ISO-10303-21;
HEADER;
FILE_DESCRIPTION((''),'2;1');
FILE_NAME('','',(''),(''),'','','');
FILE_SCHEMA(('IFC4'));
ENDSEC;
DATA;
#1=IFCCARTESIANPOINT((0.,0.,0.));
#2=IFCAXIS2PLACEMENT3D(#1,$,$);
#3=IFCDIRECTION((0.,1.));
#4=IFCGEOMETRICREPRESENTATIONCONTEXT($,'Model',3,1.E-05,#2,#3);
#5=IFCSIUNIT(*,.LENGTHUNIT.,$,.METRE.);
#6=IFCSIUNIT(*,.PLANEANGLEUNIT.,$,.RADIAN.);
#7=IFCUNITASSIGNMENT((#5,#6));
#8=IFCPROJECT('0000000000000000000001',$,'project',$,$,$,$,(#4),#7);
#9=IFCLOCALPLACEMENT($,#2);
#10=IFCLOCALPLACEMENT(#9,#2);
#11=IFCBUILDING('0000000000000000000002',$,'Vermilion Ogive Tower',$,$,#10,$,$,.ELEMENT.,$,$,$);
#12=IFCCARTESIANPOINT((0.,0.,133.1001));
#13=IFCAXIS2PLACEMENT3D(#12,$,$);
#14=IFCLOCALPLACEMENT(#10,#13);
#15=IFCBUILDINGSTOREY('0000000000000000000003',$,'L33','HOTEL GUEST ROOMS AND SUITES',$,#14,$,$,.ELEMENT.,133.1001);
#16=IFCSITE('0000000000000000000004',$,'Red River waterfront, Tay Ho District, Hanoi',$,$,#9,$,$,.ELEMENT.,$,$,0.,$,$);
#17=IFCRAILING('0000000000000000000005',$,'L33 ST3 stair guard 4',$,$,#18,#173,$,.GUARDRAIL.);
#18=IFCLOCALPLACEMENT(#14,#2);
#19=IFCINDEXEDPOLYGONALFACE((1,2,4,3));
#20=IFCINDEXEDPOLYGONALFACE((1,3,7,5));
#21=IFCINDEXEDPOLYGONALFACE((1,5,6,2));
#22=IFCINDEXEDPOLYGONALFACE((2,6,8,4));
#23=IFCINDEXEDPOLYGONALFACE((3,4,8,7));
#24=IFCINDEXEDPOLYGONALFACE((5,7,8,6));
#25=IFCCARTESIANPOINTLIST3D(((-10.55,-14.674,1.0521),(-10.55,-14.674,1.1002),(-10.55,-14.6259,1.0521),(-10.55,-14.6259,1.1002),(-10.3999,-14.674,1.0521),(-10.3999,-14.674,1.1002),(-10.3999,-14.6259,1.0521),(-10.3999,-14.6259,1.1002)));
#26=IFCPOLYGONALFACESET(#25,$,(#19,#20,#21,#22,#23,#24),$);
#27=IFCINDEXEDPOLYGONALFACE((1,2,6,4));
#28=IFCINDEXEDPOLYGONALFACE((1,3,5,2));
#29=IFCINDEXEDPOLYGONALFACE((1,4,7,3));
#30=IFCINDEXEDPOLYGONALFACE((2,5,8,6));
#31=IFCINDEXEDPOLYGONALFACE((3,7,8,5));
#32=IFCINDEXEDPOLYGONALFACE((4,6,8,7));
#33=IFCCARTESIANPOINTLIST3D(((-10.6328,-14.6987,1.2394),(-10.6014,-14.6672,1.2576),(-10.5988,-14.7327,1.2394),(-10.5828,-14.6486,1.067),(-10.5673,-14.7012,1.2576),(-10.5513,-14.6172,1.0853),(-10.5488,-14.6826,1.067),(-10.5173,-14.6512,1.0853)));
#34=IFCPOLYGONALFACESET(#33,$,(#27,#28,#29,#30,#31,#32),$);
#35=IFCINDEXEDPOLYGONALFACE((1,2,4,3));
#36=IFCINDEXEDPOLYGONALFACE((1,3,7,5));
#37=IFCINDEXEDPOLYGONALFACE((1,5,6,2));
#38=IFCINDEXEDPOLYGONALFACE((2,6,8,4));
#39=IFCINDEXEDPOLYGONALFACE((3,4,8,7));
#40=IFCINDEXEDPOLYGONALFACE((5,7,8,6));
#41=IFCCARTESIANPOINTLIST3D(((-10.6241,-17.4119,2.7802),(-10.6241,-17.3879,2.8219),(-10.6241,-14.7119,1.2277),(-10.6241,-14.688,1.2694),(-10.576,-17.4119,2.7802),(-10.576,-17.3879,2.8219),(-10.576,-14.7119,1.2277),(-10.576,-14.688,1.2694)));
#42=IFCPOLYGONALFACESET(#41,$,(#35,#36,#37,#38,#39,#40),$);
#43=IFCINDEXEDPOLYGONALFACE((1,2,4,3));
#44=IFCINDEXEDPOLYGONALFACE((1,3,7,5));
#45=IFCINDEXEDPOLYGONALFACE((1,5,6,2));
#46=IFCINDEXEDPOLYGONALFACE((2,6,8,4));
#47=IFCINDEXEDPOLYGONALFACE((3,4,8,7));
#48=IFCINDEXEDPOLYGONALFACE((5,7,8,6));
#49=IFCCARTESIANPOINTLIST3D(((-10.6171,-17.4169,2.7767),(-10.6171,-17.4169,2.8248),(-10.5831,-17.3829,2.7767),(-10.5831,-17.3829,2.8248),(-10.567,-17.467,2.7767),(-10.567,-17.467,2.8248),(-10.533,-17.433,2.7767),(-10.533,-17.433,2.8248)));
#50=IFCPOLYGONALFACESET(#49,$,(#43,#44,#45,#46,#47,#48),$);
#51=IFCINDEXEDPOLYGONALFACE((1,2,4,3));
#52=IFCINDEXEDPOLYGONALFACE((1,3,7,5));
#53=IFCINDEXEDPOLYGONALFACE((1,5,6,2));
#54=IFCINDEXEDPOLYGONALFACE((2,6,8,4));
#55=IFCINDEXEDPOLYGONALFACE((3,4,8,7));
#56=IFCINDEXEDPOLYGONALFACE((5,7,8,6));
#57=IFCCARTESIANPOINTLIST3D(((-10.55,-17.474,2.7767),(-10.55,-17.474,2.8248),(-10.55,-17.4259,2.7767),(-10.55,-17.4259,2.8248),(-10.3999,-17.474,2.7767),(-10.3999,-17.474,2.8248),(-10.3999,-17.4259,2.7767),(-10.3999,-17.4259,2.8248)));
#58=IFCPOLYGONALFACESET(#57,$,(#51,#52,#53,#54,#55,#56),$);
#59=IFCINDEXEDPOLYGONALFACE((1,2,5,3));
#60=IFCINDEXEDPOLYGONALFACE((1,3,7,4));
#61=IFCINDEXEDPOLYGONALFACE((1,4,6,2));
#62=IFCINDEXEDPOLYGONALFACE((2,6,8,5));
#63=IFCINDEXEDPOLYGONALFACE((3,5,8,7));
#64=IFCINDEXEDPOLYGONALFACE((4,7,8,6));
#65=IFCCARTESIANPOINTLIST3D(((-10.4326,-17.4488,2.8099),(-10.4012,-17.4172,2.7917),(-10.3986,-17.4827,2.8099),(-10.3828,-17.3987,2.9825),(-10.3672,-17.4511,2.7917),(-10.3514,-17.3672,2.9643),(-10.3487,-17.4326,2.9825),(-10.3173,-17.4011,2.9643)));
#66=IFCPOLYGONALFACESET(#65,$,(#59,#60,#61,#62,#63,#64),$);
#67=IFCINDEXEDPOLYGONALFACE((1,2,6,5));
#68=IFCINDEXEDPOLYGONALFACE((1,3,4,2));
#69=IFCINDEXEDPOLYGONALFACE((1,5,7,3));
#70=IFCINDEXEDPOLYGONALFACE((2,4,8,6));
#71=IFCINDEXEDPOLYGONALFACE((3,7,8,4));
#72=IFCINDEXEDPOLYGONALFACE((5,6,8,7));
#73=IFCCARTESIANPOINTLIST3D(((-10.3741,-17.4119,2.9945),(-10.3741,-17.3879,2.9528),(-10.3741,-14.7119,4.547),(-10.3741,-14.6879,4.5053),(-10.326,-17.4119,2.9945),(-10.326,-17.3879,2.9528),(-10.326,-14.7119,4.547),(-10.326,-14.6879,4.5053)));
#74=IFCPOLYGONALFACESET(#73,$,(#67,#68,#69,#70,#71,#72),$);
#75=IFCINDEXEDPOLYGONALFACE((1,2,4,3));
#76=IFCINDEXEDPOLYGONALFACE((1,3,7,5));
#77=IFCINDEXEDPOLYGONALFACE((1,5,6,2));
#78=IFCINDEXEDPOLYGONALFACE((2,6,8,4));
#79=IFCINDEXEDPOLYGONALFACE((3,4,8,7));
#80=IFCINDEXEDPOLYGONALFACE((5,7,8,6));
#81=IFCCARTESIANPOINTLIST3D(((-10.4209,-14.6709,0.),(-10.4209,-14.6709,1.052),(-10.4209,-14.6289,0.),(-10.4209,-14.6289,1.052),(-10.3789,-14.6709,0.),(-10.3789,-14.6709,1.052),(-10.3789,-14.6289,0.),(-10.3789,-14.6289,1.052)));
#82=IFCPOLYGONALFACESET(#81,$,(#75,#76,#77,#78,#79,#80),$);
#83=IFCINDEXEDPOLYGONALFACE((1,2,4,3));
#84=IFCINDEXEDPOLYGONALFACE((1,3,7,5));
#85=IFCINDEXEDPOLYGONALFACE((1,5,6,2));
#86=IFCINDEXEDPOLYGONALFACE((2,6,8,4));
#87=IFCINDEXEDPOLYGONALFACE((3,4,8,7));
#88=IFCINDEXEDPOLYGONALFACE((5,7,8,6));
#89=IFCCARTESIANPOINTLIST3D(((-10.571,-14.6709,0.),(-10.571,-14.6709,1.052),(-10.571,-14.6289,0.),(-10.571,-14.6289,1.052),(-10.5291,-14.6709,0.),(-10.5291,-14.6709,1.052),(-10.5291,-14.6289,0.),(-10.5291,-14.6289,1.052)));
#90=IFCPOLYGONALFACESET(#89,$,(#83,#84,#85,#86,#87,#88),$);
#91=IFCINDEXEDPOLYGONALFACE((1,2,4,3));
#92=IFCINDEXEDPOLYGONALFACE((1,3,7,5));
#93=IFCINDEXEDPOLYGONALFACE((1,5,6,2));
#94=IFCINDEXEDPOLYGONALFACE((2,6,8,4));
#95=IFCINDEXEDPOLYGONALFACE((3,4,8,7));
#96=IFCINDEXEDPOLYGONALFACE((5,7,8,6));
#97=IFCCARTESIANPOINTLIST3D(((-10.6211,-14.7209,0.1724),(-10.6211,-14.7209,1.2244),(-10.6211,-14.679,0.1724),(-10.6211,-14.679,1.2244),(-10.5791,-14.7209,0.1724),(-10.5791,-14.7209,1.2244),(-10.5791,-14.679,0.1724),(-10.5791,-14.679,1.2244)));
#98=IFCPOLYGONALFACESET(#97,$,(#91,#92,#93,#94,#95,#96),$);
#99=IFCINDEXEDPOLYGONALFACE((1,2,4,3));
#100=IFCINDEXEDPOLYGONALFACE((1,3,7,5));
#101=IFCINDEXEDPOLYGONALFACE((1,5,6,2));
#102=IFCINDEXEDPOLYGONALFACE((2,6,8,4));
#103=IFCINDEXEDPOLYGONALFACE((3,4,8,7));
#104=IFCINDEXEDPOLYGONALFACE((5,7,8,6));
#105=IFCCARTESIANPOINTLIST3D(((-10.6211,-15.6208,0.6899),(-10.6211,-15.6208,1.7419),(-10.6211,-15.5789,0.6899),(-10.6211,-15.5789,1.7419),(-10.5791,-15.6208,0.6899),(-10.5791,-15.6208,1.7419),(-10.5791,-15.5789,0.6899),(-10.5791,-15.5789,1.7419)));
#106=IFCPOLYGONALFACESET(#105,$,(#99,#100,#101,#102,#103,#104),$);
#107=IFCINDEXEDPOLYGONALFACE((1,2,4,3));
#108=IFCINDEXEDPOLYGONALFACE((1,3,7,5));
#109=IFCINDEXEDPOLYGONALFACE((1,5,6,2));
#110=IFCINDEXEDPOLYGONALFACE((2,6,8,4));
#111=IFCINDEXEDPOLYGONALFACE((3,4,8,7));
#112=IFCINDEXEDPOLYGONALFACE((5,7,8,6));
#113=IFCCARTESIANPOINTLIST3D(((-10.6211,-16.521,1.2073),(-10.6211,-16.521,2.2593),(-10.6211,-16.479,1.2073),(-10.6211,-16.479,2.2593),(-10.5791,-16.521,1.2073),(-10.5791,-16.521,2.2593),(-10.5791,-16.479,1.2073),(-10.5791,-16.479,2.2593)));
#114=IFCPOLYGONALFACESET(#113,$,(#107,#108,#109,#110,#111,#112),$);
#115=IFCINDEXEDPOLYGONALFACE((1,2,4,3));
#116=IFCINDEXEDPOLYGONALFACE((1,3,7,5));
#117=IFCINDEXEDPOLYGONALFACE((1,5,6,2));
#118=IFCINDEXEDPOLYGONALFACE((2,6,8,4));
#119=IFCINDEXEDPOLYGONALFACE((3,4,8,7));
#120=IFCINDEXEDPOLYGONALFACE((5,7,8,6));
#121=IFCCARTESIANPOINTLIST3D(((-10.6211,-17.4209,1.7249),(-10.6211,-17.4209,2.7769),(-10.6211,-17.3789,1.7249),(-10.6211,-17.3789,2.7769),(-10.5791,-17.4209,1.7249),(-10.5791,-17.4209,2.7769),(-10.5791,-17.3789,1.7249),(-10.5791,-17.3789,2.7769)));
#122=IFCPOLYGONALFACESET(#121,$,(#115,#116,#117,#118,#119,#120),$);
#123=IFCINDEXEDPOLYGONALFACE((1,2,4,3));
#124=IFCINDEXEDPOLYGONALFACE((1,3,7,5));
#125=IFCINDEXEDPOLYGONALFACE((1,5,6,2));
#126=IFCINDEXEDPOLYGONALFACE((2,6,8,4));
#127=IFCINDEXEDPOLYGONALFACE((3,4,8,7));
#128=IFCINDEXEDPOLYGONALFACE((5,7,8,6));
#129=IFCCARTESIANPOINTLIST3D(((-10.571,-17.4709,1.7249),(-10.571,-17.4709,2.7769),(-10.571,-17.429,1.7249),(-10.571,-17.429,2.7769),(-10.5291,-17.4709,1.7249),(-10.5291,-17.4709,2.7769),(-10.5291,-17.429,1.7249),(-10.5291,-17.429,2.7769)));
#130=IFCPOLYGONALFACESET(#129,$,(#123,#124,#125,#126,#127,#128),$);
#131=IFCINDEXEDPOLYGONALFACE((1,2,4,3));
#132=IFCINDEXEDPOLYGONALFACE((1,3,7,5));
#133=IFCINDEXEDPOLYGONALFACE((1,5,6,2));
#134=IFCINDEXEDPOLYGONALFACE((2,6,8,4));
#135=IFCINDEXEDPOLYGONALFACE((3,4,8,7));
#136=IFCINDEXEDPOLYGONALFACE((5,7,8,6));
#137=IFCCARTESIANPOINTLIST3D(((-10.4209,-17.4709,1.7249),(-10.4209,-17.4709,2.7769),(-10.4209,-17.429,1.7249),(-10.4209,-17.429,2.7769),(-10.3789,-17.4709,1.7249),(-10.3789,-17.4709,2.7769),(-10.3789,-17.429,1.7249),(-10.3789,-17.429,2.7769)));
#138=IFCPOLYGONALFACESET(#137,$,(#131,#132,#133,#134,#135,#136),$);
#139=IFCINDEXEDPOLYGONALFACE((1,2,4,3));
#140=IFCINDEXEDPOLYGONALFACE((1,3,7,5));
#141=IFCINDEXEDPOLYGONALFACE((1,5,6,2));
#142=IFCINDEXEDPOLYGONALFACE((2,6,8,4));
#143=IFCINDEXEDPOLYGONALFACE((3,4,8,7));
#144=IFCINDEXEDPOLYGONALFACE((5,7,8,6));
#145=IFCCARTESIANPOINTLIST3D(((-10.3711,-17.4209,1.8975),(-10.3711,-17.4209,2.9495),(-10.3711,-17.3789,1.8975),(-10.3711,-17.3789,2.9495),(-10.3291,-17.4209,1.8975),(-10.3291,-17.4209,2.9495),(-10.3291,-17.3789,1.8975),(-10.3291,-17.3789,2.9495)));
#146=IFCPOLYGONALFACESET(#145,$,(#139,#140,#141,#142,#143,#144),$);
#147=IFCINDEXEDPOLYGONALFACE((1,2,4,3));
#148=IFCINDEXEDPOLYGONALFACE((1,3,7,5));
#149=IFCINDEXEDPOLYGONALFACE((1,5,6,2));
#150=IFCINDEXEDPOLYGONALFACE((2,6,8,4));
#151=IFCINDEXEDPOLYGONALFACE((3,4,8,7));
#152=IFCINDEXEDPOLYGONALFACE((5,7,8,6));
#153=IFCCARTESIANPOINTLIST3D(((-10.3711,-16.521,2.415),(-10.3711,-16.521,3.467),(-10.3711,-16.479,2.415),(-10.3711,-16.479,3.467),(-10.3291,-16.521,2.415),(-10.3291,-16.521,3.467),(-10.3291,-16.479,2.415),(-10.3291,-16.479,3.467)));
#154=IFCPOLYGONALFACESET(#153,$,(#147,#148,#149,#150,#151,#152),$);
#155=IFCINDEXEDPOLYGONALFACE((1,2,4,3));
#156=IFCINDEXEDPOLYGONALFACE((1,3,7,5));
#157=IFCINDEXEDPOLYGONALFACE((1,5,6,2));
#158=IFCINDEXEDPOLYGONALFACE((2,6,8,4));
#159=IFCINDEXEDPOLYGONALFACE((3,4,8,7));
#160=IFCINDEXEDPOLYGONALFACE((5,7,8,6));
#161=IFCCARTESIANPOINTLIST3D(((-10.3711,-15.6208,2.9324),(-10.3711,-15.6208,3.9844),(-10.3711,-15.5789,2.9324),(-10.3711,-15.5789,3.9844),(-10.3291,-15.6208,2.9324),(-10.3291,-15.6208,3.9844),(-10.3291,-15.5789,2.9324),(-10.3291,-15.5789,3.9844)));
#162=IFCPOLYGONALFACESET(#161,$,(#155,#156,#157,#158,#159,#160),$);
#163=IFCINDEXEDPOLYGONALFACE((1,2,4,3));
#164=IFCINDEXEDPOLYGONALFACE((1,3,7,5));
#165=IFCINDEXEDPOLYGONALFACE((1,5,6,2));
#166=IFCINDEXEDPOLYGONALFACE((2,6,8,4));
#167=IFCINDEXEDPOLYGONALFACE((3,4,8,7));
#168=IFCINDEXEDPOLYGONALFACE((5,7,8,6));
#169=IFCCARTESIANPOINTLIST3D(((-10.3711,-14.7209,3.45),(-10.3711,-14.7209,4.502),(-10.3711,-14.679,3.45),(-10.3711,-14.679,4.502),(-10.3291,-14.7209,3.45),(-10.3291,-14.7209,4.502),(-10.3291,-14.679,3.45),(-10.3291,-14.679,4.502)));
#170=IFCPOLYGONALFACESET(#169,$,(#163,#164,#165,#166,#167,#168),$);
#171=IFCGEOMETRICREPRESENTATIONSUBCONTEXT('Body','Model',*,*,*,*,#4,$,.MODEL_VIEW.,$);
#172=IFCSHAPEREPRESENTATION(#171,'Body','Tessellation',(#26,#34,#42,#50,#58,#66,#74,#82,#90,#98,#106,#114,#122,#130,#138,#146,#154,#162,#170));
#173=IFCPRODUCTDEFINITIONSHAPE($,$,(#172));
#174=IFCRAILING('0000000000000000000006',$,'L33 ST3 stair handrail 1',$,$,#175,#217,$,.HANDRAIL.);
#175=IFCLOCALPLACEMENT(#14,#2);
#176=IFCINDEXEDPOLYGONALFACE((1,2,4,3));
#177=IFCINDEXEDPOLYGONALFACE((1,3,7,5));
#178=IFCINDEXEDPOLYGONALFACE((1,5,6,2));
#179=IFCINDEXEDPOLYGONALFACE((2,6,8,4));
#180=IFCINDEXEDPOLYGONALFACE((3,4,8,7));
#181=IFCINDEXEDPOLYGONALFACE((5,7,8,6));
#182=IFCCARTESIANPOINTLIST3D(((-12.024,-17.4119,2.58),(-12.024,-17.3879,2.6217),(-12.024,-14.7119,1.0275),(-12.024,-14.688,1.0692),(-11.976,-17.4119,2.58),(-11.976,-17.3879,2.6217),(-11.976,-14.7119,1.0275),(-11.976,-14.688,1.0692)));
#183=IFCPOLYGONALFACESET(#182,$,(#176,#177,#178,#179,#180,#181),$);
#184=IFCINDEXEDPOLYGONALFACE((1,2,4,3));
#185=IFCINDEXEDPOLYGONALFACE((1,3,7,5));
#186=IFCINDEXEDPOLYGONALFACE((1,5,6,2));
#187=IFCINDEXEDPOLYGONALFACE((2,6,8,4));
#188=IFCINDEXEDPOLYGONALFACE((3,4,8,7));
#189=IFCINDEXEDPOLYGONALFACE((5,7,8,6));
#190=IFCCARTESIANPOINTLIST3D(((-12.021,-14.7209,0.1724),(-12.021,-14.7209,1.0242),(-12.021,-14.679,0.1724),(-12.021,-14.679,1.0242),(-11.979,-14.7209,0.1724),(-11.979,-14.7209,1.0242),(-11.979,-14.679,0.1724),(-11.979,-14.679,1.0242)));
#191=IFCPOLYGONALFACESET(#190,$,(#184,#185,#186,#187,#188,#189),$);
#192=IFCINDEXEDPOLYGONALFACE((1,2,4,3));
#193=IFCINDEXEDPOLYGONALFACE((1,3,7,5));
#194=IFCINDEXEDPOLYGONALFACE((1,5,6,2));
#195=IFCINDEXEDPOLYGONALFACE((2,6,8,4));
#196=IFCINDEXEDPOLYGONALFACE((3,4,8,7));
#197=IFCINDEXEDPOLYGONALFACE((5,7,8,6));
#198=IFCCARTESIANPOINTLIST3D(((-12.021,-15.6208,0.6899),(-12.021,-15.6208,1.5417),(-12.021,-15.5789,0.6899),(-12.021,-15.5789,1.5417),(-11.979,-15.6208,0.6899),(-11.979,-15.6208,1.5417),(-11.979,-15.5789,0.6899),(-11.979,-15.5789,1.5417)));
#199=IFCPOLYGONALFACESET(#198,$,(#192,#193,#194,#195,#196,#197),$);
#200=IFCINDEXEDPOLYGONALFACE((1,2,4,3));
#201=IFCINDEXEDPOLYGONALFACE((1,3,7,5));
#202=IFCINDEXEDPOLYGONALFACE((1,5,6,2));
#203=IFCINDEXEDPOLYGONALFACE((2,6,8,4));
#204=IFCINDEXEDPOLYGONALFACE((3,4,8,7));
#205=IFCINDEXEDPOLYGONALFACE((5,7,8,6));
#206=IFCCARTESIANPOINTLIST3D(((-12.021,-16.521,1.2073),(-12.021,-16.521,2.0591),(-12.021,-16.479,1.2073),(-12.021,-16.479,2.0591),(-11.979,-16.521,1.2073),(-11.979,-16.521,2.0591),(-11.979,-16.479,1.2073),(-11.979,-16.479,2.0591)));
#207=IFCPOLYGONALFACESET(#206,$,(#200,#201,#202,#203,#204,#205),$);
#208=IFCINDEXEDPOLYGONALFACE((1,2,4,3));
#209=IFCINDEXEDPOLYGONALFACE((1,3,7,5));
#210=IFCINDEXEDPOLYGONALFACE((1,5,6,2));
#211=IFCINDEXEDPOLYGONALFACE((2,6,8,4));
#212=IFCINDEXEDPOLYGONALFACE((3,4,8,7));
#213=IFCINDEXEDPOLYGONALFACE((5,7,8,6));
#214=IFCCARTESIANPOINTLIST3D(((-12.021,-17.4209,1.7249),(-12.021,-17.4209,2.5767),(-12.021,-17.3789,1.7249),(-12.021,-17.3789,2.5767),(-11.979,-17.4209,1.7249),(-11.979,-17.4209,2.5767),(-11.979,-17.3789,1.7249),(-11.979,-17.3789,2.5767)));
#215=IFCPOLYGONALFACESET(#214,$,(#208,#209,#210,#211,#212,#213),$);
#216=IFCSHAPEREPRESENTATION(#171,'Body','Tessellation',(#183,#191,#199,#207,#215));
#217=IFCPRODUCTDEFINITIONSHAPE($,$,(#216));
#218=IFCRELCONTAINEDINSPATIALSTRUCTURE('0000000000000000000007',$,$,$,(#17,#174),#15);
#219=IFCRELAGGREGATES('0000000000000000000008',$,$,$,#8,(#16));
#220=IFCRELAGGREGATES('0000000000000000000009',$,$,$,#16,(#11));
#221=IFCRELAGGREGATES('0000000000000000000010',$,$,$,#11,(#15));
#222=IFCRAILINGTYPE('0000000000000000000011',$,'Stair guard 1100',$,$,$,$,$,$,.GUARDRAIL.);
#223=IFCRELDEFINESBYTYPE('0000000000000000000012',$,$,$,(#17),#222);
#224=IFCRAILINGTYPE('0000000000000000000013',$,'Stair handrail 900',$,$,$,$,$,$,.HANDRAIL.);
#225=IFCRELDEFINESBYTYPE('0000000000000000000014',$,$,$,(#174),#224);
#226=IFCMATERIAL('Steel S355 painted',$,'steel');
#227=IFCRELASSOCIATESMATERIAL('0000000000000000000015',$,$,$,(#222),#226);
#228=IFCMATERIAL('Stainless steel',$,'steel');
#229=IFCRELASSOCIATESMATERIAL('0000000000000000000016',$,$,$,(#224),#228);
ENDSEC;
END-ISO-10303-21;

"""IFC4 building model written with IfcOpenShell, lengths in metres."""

from ifc_helpers import new_model, si_unit, direction, frame, origin, origin_2d, place, context, subcontext, project, spatial, rectangle, extrude, material, type_object, element, save


model = new_model("IFC4")

# Units and contexts
model_context = context("Model", 3, precision=1e-05, world=origin(), true_north=direction((0.0, 1.0)))
body_context = subcontext(model_context, "Body", "Model", "MODEL_VIEW")
ifc_project = project(units=[si_unit("LENGTHUNIT", "METRE"), si_unit("PLANEANGLEUNIT", "RADIAN")], contexts=[model_context])

# Site, building, storey
site_placement = place(None, origin())
site = spatial("IfcSite", under=ifc_project, at=site_placement, Name="Red River waterfront, Tay Ho District, Hanoi", CompositionType="ELEMENT", RefElevation=0.0)
building_placement = place(site_placement, origin())
building = spatial("IfcBuilding", under=site, at=building_placement, Name="Vermilion Ogive Tower", CompositionType="ELEMENT")
storey_placement = place(building_placement, frame((0.0, 0.0, 133.1001)))
storey = spatial("IfcBuildingStorey", under=building, at=storey_placement, Name="L33", Description="HOTEL GUEST ROOMS AND SUITES", CompositionType="ELEMENT", Elevation=133.1001)

# Railings
ifc_material_1 = material(Name="Steel S355 painted", Category="steel")
railing_type_1 = type_object("IfcRailingType", Name="Stair guard 1100", PredefinedType="GUARDRAIL", material=ifc_material_1)
railing_1_placement = place(storey_placement, frame((-10.3999, -14.6499, 0.0)))
element("IfcRailing", 1, at=railing_1_placement, inside=storey, type_object=railing_type_1, Name="L33 ST3 stair guard 4", PredefinedType="GUARDRAIL", context=body_context, shape_type="SweptSolid", body=[
    extrude(rectangle(XDim=0.0481, YDim=0.0481, at=origin_2d()), frame((0.0, 0.0, 1.0762), z_axis=(-1.0, 0.0, 0.0), x_axis=(0.0, -1.0, 0.0)), (0.0, 0.0, 1.0), 0.1501),
    extrude(rectangle(XDim=0.0481, YDim=0.0481, at=origin_2d()), frame((-0.1501, 0.0, 1.0762), z_axis=(-0.268603, -0.268603, 0.925043), x_axis=(0.707107, -0.707107, 0.0)), (0.0, 0.0, 1.0), 0.1863),
    extrude(rectangle(XDim=0.0481, YDim=0.0481, at=origin_2d()), frame((-0.2002, -0.05, 1.2485), z_axis=(0.0, -0.866904, 0.498476), x_axis=(1.0, 0.0, 0.0)), (0.0, 0.0, 1.0), 3.1145),
    extrude(rectangle(XDim=0.0481, YDim=0.0481, at=origin_2d()), frame((-0.2002, -2.75, 2.8008), z_axis=(0.707107, -0.707107, 0.0), x_axis=(0.707107, 0.707107, 0.0)), (0.0, 0.0, 1.0), 0.0708),
    extrude(rectangle(XDim=0.0481, YDim=0.0481, at=origin_2d()), frame((-0.1501, -2.8, 2.8008), z_axis=(1.0, 0.0, 0.0), x_axis=(0.0, 1.0, 0.0)), (0.0, 0.0, 1.0), 0.1501),
    extrude(rectangle(XDim=0.0481, YDim=0.0481, at=origin_2d()), frame((0.0, -2.8, 2.8008), z_axis=(0.267063, 0.268372, 0.925556), x_axis=(-0.708834, 0.705376, 0.0)), (0.0, 0.0, 1.0), 0.1865),
    extrude(rectangle(XDim=0.0481, YDim=0.0481, at=origin_2d()), frame((0.0498, -2.75, 2.9736), z_axis=(0.0, 0.866904, 0.498476), x_axis=(-1.0, 0.0, 0.0)), (0.0, 0.0, 1.0), 3.1145),
    extrude(rectangle(XDim=0.042, YDim=0.042, at=origin_2d()), origin(), (0.0, 0.0, 1.0), 1.052),
    extrude(rectangle(XDim=0.042, YDim=0.042, at=origin_2d()), frame((-0.1501, 0.0, 0.0)), (0.0, 0.0, 1.0), 1.052),
    extrude(rectangle(XDim=0.042, YDim=0.042, at=origin_2d()), frame((-0.2002, -0.05, 0.1724)), (0.0, 0.0, 1.0), 1.052),
    extrude(rectangle(XDim=0.042, YDim=0.042, at=origin_2d()), frame((-0.2002, -0.95, 0.6899)), (0.0, 0.0, 1.0), 1.052),
    extrude(rectangle(XDim=0.042, YDim=0.042, at=origin_2d()), frame((-0.2002, -1.8501, 1.2073)), (0.0, 0.0, 1.0), 1.052),
    extrude(rectangle(XDim=0.042, YDim=0.042, at=origin_2d()), frame((-0.2002, -2.75, 1.7249)), (0.0, 0.0, 1.0), 1.052),
    extrude(rectangle(XDim=0.042, YDim=0.042, at=origin_2d()), frame((-0.1501, -2.8, 1.7249)), (0.0, 0.0, 1.0), 1.052),
    extrude(rectangle(XDim=0.042, YDim=0.042, at=origin_2d()), frame((0.0, -2.8, 1.7249)), (0.0, 0.0, 1.0), 1.052),
    extrude(rectangle(XDim=0.042, YDim=0.042, at=origin_2d()), frame((0.0498, -2.75, 1.8975)), (0.0, 0.0, 1.0), 1.052),
    extrude(rectangle(XDim=0.042, YDim=0.042, at=origin_2d()), frame((0.0498, -1.8501, 2.415)), (0.0, 0.0, 1.0), 1.052),
    extrude(rectangle(XDim=0.042, YDim=0.042, at=origin_2d()), frame((0.0498, -0.95, 2.9324)), (0.0, 0.0, 1.0), 1.052),
    extrude(rectangle(XDim=0.042, YDim=0.042, at=origin_2d()), frame((0.0498, -0.05, 3.45)), (0.0, 0.0, 1.0), 1.052),
])
ifc_material_2 = material(Name="Stainless steel", Category="steel")
railing_type_2 = type_object("IfcRailingType", Name="Stair handrail 900", PredefinedType="HANDRAIL", material=ifc_material_2)
railing_2_placement = place(storey_placement, frame((-12.0, -14.7, 0.1724)))
element("IfcRailing", 2, at=railing_2_placement, inside=storey, type_object=railing_type_2, Name="L33 ST3 stair handrail 1", PredefinedType="HANDRAIL", context=body_context, shape_type="SweptSolid", body=[
    extrude(rectangle(XDim=0.0481, YDim=0.0481, at=origin_2d()), frame((0.0, 0.0, 0.876), z_axis=(0.0, -0.866904, 0.498476), x_axis=(1.0, 0.0, 0.0)), (0.0, 0.0, 1.0), 3.1145),
    extrude(rectangle(XDim=0.042, YDim=0.042, at=origin_2d()), origin(), (0.0, 0.0, 1.0), 0.8518),
    extrude(rectangle(XDim=0.042, YDim=0.042, at=origin_2d()), frame((0.0, -0.8999, 0.5176)), (0.0, 0.0, 1.0), 0.8518),
    extrude(rectangle(XDim=0.042, YDim=0.042, at=origin_2d()), frame((0.0, -1.8, 1.0349)), (0.0, 0.0, 1.0), 0.8518),
    extrude(rectangle(XDim=0.042, YDim=0.042, at=origin_2d()), frame((0.0, -2.7, 1.5525)), (0.0, 0.0, 1.0), 0.8518),
])

save(model, "model.ifc")
